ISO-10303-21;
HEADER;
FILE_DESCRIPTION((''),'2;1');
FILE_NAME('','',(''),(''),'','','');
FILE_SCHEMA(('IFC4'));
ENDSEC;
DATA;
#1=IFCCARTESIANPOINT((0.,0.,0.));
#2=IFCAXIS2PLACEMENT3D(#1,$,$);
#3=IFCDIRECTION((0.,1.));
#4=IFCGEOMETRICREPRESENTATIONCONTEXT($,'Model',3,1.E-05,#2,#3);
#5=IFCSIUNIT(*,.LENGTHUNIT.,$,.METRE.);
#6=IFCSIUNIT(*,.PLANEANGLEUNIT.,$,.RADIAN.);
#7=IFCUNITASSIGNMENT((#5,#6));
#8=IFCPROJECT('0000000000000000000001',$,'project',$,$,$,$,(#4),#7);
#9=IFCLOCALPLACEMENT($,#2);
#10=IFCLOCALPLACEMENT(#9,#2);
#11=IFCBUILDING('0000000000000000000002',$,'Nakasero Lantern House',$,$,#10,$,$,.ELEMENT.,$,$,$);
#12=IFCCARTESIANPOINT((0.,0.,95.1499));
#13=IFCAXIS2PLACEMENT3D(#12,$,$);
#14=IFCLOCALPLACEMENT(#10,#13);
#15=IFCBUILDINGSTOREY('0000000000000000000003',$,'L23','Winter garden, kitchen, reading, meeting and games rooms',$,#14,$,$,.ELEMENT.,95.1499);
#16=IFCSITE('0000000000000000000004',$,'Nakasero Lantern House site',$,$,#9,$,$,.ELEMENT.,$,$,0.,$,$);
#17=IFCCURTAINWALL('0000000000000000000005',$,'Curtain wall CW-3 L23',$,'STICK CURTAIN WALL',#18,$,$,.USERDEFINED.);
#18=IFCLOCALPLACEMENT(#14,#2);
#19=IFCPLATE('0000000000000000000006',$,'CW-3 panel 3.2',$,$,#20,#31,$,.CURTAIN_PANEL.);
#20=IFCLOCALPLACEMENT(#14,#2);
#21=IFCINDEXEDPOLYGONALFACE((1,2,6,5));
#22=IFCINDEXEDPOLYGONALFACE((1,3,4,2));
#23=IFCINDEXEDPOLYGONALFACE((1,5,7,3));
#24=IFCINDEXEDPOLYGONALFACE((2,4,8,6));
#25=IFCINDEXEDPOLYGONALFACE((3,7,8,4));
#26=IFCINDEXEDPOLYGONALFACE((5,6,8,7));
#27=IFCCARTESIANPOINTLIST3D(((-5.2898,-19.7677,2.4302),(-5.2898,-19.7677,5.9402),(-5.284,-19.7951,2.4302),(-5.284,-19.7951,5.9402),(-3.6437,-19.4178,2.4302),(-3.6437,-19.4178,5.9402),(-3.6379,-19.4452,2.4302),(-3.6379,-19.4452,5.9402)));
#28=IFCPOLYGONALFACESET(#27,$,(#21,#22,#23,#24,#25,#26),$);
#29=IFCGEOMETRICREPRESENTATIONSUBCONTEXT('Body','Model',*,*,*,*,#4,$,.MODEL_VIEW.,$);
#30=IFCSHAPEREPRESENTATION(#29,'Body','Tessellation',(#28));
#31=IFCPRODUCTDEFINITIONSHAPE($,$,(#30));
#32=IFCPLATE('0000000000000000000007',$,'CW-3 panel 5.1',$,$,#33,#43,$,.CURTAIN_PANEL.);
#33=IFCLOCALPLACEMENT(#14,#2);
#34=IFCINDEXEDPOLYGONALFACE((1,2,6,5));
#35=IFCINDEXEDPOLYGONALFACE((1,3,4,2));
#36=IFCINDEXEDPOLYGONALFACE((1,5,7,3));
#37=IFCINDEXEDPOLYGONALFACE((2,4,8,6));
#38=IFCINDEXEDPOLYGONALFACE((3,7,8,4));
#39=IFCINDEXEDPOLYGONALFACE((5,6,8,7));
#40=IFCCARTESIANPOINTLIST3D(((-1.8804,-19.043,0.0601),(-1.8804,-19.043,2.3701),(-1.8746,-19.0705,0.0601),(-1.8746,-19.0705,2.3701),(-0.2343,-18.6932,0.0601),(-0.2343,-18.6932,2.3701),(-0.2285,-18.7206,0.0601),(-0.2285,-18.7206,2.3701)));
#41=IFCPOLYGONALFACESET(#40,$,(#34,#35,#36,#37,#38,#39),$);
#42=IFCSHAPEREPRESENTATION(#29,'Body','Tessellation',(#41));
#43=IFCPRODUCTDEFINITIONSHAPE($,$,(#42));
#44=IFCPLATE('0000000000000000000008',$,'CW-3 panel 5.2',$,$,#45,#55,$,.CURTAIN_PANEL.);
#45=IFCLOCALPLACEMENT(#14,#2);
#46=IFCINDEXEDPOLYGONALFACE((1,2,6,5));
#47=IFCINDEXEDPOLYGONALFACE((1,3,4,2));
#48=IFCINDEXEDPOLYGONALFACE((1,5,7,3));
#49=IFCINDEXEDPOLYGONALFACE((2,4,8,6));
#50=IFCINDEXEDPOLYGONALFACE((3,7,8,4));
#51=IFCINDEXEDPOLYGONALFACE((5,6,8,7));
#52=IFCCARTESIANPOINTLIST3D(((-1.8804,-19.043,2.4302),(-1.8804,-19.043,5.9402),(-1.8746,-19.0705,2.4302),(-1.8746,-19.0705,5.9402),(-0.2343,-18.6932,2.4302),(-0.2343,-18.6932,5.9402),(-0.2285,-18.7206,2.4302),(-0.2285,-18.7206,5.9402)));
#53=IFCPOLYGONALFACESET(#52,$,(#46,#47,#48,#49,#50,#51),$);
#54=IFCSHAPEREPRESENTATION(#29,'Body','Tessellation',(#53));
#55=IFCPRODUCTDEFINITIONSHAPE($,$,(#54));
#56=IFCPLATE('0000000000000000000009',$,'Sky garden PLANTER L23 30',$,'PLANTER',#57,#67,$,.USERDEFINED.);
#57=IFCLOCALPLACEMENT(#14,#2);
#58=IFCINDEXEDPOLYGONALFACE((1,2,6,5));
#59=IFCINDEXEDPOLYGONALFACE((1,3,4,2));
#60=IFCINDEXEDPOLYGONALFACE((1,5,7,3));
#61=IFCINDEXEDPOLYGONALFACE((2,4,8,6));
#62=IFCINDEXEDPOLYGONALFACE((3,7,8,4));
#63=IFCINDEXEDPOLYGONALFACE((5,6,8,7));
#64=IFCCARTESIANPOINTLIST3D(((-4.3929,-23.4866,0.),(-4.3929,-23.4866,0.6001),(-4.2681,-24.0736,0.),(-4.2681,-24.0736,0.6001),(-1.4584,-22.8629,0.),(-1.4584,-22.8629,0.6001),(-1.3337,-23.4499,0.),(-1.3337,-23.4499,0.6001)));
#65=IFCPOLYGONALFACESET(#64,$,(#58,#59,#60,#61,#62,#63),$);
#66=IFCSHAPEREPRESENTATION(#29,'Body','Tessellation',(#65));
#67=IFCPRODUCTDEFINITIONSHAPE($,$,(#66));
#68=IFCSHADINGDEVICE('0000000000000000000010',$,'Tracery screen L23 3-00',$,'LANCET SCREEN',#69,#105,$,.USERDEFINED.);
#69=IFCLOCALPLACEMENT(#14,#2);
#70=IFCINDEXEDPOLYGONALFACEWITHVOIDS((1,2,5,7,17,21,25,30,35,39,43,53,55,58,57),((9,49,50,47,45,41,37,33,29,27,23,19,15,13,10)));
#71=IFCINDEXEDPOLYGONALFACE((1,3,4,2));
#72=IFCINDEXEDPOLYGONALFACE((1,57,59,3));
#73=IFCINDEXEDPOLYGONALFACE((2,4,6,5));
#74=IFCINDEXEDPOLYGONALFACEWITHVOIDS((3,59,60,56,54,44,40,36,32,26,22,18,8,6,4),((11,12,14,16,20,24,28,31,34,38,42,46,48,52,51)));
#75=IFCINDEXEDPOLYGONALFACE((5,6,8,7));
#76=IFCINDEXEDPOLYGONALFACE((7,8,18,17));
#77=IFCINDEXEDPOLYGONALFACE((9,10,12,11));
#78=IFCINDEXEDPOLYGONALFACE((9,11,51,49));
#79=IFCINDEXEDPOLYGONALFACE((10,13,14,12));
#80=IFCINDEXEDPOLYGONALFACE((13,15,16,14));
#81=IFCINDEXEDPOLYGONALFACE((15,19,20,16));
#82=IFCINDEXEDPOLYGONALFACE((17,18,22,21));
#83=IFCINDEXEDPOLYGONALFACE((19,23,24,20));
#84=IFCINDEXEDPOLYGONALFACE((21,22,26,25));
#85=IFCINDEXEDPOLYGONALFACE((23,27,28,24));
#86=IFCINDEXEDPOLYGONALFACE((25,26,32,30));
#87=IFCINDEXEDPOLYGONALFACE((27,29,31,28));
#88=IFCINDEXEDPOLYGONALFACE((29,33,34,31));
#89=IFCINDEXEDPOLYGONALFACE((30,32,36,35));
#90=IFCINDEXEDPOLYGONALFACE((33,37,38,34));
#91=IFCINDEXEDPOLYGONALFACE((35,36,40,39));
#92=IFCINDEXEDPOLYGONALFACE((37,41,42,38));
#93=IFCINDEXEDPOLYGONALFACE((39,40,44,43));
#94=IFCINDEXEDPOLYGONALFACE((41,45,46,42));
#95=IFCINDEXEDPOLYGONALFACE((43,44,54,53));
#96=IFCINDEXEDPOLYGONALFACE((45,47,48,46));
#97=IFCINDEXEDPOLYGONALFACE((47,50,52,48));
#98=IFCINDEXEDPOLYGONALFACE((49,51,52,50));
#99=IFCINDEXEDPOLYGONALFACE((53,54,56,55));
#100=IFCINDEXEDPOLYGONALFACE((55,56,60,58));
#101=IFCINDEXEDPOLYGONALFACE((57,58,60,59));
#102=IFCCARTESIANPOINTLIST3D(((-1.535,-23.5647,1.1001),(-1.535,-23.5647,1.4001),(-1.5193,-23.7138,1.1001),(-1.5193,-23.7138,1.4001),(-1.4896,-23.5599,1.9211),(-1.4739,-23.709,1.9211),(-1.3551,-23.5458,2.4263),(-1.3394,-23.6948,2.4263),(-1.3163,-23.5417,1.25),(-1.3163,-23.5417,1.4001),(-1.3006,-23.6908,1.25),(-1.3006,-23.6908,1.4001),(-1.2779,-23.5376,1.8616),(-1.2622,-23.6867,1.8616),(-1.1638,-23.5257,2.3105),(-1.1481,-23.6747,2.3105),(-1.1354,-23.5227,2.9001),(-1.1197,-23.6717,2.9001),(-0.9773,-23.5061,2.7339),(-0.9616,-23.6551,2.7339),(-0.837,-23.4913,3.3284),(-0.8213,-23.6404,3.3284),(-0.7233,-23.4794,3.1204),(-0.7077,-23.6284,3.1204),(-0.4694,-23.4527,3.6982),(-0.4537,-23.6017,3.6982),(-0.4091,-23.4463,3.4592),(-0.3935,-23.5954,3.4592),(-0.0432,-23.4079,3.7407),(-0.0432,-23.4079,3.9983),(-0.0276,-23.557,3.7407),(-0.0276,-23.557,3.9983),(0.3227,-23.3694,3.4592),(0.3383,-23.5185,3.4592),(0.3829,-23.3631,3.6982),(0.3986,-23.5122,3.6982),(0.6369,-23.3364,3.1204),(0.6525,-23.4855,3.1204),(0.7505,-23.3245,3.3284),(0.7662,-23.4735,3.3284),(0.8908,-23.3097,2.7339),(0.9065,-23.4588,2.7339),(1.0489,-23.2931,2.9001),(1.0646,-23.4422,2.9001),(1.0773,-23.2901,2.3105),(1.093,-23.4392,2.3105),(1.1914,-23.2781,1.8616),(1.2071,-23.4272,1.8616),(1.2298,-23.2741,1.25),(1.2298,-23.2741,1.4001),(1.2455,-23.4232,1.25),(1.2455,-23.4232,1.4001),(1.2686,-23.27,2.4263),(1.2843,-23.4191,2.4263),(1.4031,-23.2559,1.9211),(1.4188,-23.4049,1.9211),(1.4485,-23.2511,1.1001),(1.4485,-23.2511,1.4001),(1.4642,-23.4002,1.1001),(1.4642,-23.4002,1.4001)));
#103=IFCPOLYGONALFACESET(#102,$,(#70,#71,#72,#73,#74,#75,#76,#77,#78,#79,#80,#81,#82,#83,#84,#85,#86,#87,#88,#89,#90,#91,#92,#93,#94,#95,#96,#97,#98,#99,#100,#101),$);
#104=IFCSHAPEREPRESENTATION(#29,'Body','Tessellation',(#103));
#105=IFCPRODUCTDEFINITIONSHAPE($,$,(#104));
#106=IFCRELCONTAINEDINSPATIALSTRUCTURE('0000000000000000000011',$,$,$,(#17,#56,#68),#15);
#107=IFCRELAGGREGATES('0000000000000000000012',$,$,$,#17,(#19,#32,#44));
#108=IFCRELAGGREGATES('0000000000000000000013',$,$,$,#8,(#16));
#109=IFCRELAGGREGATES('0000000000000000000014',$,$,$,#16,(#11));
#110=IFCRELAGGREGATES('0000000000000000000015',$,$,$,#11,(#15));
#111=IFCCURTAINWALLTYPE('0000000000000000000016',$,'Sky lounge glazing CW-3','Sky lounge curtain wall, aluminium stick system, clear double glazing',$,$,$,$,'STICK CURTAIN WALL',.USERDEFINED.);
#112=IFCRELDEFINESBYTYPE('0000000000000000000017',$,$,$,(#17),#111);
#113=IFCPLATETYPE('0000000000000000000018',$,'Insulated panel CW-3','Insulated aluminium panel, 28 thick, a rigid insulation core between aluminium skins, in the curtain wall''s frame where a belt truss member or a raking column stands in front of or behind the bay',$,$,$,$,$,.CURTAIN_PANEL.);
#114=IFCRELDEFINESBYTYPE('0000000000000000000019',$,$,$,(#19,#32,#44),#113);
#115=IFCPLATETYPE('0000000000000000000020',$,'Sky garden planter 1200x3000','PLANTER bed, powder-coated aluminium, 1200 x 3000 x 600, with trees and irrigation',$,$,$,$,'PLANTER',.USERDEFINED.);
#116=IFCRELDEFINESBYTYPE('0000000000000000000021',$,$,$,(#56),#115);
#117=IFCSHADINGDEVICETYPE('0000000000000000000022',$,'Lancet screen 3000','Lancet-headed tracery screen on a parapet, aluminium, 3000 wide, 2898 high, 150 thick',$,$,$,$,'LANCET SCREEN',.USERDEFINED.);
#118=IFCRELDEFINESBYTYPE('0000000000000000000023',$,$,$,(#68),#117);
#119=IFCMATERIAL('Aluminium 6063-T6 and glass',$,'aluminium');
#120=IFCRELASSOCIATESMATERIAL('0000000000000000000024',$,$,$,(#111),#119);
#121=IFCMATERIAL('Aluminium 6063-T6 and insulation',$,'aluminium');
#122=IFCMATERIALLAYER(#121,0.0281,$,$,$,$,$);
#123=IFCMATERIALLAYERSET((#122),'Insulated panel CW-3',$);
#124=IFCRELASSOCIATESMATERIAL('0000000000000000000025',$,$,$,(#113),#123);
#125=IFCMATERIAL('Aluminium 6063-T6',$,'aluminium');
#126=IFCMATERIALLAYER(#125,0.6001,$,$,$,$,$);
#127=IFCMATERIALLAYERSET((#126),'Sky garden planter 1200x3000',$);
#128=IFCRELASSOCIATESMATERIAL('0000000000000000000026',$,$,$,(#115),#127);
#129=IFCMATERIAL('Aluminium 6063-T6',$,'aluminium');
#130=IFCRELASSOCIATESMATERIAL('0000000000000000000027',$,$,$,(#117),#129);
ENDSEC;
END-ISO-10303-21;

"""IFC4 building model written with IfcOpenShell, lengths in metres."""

from ifc_helpers import new_model, si_unit, direction, frame, origin, origin_2d, place, context, subcontext, project, spatial, polyline, rectangle, outline, extrude, material, layer, layer_set, type_object, element, aggregate, save


model = new_model("IFC4")

# Units and contexts
model_context = context("Model", 3, precision=1e-05, world=origin(), true_north=direction((0.0, 1.0)))
body_context = subcontext(model_context, "Body", "Model", "MODEL_VIEW")
ifc_project = project(units=[si_unit("LENGTHUNIT", "METRE"), si_unit("PLANEANGLEUNIT", "RADIAN")], contexts=[model_context])

# Site, building, storey
site_placement = place(None, origin())
site = spatial("IfcSite", under=ifc_project, at=site_placement, Name="Nakasero Lantern House site", CompositionType="ELEMENT", RefElevation=0.0)
building_placement = place(site_placement, origin())
building = spatial("IfcBuilding", under=site, at=building_placement, Name="Nakasero Lantern House", CompositionType="ELEMENT")
storey_placement = place(building_placement, frame((0.0, 0.0, 95.1499)))
storey = spatial("IfcBuildingStorey", under=building, at=storey_placement, Name="L23", Description="Winter garden, kitchen, reading, meeting and games rooms", CompositionType="ELEMENT", Elevation=95.1499)

# Curtain wall
ifc_material_1 = material(Name="Aluminium 6063-T6 and glass", Category="aluminium")
curtain_wall_type = type_object("IfcCurtainWallType", Name="Sky lounge glazing CW-3", Description="Sky lounge curtain wall, aluminium stick system, clear double glazing", ElementType="STICK CURTAIN WALL", PredefinedType="USERDEFINED", material=ifc_material_1)
curtain_wall_placement = place(storey_placement, origin())
curtain_wall = element("IfcCurtainWall", 1, at=curtain_wall_placement, inside=storey, type_object=curtain_wall_type, Name="Curtain wall CW-3 L23", ObjectType="STICK CURTAIN WALL", PredefinedType="USERDEFINED")

# Plates
ifc_material_2 = material(Name="Aluminium 6063-T6 and insulation", Category="aluminium")
ifc_layer_1 = layer(ifc_material_2, 0.0281)
ifc_layer_set_1 = layer_set([ifc_layer_1], Name="Insulated panel CW-3")
plate_type_1 = type_object("IfcPlateType", Name="Insulated panel CW-3", Description="Insulated aluminium panel, 28 thick, a rigid insulation core between aluminium skins, in the curtain wall's frame where a belt truss member or a raking column stands in front of or behind the bay", PredefinedType="CURTAIN_PANEL", material=ifc_layer_set_1)
plate_1_placement = place(storey_placement, frame((-4.4639, -19.6064, 2.4302), z_axis=(0.0, 0.0, 1.0), x_axis=(0.978148, 0.207912, 0.0)))
plate_1 = element("IfcPlate", 2, at=plate_1_placement, type_object=plate_type_1, Name="CW-3 panel 3.2", PredefinedType="CURTAIN_PANEL", context=body_context, shape_type="SweptSolid", body=[
    extrude(rectangle(XDim=1.6829, YDim=0.0281, at=origin_2d()), origin(), (0.0, 0.0, 1.0), 3.51),
])
plate_2_placement = place(storey_placement, frame((-1.0544, -18.8818, 0.0601), z_axis=(0.0, 0.0, 1.0), x_axis=(0.978148, 0.207912, 0.0)))
plate_2 = element("IfcPlate", 3, at=plate_2_placement, type_object=plate_type_1, Name="CW-3 panel 5.1", PredefinedType="CURTAIN_PANEL", context=body_context, shape_type="SweptSolid", body=[
    extrude(rectangle(XDim=1.6829, YDim=0.0281, at=origin_2d()), origin(), (0.0, 0.0, 1.0), 2.3101),
])
plate_3_placement = place(storey_placement, frame((-1.0544, -18.8818, 2.4302), z_axis=(0.0, 0.0, 1.0), x_axis=(0.978148, 0.207912, 0.0)))
plate_3 = element("IfcPlate", 4, at=plate_3_placement, type_object=plate_type_1, Name="CW-3 panel 5.2", PredefinedType="CURTAIN_PANEL", context=body_context, shape_type="SweptSolid", body=[
    extrude(rectangle(XDim=1.6829, YDim=0.0281, at=origin_2d()), origin(), (0.0, 0.0, 1.0), 3.51),
])
aggregate(curtain_wall, [plate_1, plate_2, plate_3])
ifc_material_3 = material(Name="Aluminium 6063-T6", Category="aluminium")
ifc_layer_2 = layer(ifc_material_3, 0.6001)
ifc_layer_set_2 = layer_set([ifc_layer_2], Name="Sky garden planter 1200x3000")
plate_type_2 = type_object("IfcPlateType", Name="Sky garden planter 1200x3000", Description="PLANTER bed, powder-coated aluminium, 1200 x 3000 x 600, with trees and irrigation", ElementType="PLANTER", PredefinedType="USERDEFINED", material=ifc_layer_set_2)
plate_4_placement = place(storey_placement, frame((-2.8633, -23.4683, 0.0), z_axis=(0.0, 0.0, 1.0), x_axis=(0.207912, -0.978148, 0.0)))
element("IfcPlate", 5, at=plate_4_placement, inside=storey, type_object=plate_type_2, Name="Sky garden PLANTER L23 30", ObjectType="PLANTER", PredefinedType="USERDEFINED", context=body_context, shape_type="SweptSolid", body=[
    extrude(rectangle(XDim=0.6001, YDim=3.0, at=origin_2d()), origin(), (0.0, 0.0, 1.0), 0.6001),
])

# Shading device
ifc_material_4 = material(Name="Aluminium 6063-T6", Category="aluminium")
shading_device_type = type_object("IfcShadingDeviceType", Name="Lancet screen 3000", Description="Lancet-headed tracery screen on a parapet, aluminium, 3000 wide, 2898 high, 150 thick", ElementType="LANCET SCREEN", PredefinedType="USERDEFINED", material=ifc_material_4)
shading_device_placement = place(storey_placement, frame((-0.0354, -23.4824, 1.1001), z_axis=(0.0, 0.0, 1.0), x_axis=(0.994522, 0.104528, 0.0)))
element("IfcShadingDevice", 6, at=shading_device_placement, inside=storey, type_object=shading_device_type, Name="Tracery screen L23 3-00", ObjectType="LANCET SCREEN", PredefinedType="USERDEFINED", context=body_context, shape_type="SweptSolid", body=[
    extrude(outline(polyline([(-1.5, 0.0), (1.5, 0.0), (1.5, 0.3), (1.4543, 0.821), (1.3191, 1.3262), (1.0981, 1.8), (0.7981, 2.2283), (0.4285, 2.5981), (0.0, 2.8982), (-0.4285, 2.5981), (-0.7981, 2.2283), (-1.0981, 1.8), (-1.3191, 1.3262), (-1.4543, 0.821), (-1.5, 0.3), (-1.5, 0.0)]), holes=[polyline([(-1.28, 0.1499), (1.28, 0.1499), (1.28, 0.3), (1.2415, 0.7615), (1.1267, 1.2104), (0.9392, 1.6338), (0.6838, 2.0203), (0.3679, 2.3591), (0.0, 2.6406), (-0.3679, 2.3591), (-0.6838, 2.0203), (-0.9392, 1.6338), (-1.1267, 1.2104), (-1.2415, 0.7615), (-1.28, 0.3), (-1.28, 0.1499)])]), frame((0.0, 0.075, 0.0), z_axis=(0.0, -1.0, 0.0), x_axis=(1.0, 0.0, 0.0)), (0.0, 0.0, 1.0), 0.1499),
])

save(model, "model.ifc")
